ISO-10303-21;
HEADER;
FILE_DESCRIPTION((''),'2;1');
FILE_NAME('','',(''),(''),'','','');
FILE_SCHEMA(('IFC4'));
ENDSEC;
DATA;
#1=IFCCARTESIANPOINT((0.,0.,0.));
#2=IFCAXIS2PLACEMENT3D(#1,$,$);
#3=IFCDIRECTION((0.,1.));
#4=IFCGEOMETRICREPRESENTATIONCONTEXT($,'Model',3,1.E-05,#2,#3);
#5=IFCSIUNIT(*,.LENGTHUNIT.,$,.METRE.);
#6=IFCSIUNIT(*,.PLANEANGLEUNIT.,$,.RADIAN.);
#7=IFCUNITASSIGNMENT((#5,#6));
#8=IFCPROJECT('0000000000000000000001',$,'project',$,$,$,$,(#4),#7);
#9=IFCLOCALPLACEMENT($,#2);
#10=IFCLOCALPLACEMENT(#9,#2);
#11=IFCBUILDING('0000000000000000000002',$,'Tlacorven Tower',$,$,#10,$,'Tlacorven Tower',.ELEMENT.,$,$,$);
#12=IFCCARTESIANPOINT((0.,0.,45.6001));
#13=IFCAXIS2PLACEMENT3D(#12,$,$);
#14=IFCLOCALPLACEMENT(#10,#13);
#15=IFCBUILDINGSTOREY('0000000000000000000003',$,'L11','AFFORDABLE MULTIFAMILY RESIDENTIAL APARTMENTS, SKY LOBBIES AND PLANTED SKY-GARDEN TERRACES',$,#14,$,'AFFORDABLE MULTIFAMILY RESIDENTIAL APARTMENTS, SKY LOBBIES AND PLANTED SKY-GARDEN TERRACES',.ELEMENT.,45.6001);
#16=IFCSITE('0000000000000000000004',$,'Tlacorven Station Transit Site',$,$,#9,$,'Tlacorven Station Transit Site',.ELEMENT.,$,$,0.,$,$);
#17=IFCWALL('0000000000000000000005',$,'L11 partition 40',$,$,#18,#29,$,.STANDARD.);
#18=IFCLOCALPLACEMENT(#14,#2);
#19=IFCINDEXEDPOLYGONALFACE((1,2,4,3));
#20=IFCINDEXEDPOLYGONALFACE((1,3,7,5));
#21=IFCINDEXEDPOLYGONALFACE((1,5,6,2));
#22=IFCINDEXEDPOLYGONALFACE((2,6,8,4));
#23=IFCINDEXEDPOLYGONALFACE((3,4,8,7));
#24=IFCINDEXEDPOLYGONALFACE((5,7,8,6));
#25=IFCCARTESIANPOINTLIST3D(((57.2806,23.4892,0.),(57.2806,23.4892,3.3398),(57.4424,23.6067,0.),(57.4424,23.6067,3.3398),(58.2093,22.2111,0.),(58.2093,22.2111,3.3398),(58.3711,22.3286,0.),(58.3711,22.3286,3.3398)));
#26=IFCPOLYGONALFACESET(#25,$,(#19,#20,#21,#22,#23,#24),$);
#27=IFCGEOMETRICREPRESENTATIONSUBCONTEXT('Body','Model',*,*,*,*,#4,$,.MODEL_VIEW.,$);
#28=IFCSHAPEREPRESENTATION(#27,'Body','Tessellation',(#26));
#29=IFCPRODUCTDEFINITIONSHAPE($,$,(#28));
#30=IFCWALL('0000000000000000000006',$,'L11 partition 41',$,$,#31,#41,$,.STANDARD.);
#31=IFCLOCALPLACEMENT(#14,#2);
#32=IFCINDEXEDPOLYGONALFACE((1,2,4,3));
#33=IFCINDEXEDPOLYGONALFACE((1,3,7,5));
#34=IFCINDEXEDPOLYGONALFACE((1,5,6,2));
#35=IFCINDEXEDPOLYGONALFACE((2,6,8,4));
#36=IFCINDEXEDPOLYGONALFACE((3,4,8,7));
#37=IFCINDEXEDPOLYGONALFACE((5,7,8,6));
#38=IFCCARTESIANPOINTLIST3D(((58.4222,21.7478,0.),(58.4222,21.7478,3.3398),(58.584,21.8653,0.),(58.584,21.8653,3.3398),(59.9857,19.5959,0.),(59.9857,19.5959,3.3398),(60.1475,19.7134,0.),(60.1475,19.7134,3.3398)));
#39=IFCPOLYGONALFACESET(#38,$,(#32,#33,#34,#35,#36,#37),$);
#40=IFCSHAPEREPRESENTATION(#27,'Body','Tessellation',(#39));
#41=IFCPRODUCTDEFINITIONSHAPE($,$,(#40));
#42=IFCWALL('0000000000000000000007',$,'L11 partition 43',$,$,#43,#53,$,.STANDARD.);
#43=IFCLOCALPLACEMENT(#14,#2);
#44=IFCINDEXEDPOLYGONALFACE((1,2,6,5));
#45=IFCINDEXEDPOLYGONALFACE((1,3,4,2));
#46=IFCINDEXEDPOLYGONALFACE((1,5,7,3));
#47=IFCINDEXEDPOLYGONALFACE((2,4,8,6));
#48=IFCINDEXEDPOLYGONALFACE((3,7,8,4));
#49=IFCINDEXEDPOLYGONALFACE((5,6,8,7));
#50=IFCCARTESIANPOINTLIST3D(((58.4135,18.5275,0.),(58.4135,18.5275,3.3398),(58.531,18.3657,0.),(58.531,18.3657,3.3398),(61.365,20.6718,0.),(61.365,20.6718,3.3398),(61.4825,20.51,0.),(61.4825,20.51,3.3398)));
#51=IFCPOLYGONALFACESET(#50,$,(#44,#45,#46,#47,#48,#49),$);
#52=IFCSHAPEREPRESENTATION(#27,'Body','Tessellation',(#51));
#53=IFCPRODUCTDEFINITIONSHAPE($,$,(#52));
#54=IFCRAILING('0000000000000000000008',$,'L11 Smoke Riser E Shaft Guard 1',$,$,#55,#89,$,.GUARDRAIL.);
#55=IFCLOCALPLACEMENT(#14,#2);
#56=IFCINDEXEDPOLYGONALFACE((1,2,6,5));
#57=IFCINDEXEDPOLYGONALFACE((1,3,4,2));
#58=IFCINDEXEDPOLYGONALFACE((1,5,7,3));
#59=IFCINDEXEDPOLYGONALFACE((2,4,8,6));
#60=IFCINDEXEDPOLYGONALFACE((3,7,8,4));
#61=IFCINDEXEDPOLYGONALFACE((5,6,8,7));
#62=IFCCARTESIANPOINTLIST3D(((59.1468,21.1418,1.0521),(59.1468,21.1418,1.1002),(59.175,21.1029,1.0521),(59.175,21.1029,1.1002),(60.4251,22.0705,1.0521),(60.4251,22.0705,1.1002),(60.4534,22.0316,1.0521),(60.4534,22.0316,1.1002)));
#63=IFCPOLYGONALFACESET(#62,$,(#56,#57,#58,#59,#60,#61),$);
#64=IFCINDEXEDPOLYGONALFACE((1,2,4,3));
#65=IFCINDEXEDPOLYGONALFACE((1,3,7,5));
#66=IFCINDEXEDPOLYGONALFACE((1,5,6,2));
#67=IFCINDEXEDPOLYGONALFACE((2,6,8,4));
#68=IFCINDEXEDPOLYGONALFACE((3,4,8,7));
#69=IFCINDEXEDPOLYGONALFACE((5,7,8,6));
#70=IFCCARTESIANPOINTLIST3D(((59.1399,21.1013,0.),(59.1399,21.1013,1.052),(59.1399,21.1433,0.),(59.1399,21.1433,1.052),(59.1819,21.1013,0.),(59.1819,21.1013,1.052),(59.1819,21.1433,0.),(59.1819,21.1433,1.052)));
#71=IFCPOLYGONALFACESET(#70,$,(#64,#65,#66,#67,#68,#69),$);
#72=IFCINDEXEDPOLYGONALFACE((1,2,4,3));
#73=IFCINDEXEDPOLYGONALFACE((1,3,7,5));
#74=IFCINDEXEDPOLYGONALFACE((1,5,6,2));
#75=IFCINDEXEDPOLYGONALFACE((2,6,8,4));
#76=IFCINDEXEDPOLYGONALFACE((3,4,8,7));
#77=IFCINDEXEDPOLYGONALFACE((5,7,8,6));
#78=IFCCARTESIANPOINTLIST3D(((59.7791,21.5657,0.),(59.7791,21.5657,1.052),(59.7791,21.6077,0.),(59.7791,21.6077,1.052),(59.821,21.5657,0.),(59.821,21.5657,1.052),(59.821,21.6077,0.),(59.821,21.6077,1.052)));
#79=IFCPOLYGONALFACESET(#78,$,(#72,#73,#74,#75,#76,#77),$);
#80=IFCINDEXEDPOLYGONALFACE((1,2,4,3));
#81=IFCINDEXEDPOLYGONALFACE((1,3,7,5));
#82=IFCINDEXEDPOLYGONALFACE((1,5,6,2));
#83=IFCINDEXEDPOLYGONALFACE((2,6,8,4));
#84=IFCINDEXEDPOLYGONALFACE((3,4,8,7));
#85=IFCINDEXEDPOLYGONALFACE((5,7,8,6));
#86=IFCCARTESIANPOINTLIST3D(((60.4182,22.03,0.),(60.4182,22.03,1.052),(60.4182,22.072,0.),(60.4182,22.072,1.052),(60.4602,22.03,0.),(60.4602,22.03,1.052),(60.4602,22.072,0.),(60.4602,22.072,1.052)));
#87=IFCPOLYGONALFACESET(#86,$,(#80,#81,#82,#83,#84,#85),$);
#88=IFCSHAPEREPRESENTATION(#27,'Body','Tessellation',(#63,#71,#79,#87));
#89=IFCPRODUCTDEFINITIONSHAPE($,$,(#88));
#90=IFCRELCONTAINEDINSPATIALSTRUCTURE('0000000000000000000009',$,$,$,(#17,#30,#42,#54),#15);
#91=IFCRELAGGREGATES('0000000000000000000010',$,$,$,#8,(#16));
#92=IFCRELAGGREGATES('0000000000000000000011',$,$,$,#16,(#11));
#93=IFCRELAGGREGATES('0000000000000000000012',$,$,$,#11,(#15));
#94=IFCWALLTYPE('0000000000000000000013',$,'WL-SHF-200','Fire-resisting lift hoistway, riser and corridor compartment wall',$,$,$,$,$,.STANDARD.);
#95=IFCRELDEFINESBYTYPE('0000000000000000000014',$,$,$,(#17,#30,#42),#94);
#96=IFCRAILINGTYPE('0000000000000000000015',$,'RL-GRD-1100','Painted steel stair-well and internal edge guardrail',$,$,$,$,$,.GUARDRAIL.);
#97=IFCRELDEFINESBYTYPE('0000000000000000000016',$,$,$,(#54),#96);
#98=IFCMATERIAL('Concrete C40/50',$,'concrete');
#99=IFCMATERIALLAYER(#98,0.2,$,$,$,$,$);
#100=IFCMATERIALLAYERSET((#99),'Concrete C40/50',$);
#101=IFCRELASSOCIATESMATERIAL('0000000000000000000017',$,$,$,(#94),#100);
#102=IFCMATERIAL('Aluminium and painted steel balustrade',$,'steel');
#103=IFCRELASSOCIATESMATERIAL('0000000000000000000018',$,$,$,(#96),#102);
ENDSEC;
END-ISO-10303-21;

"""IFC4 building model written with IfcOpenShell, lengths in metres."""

from ifc_helpers import new_model, si_unit, direction, frame, frame_2d, origin, origin_2d, place, context, subcontext, project, spatial, rectangle, extrude, source, transform, mapped, material, layer, layer_set, type_object, element, save


model = new_model("IFC4")

# Units and contexts
model_context = context("Model", 3, precision=1e-05, world=origin(), true_north=direction((0.0, 1.0)))
body_context = subcontext(model_context, "Body", "Model", "MODEL_VIEW")
ifc_project = project(units=[si_unit("LENGTHUNIT", "METRE"), si_unit("PLANEANGLEUNIT", "RADIAN")], contexts=[model_context])

# Site, building, storey
site_placement = place(None, origin())
site = spatial("IfcSite", under=ifc_project, at=site_placement, Name="Tlacorven Station Transit Site", LongName="Tlacorven Station Transit Site", CompositionType="ELEMENT", RefElevation=0.0)
building_placement = place(site_placement, origin())
building = spatial("IfcBuilding", under=site, at=building_placement, Name="Tlacorven Tower", LongName="Tlacorven Tower", CompositionType="ELEMENT")
storey_placement = place(building_placement, frame((0.0, 0.0, 45.6001)))
storey = spatial("IfcBuildingStorey", under=building, at=storey_placement, Name="L11", Description="AFFORDABLE MULTIFAMILY RESIDENTIAL APARTMENTS, SKY LOBBIES AND PLANTED SKY-GARDEN TERRACES", LongName="AFFORDABLE MULTIFAMILY RESIDENTIAL APARTMENTS, SKY LOBBIES AND PLANTED SKY-GARDEN TERRACES", CompositionType="ELEMENT", Elevation=45.6001)

# Walls
ifc_material_1 = material(Name="Concrete C40/50", Category="concrete")
ifc_layer_1 = layer(ifc_material_1, 0.2)
ifc_layer_set_1 = layer_set([ifc_layer_1], Name="Concrete C40/50")
wall_type_1 = type_object("IfcWallType", Name="WL-SHF-200", Description="Fire-resisting lift hoistway, riser and corridor compartment wall", PredefinedType="STANDARD", material=ifc_layer_set_1)
wall_1_placement = place(storey_placement, frame((58.2903, 22.2698, 0.0), z_axis=(0.0, 0.0, 1.0), x_axis=(-0.587841, 0.808977, 0.0)))
element("IfcWall", 1, at=wall_1_placement, inside=storey, type_object=wall_type_1, Name="L11 partition 40", PredefinedType="STANDARD", context=body_context, shape_type="SweptSolid", body=[
    extrude(rectangle(XDim=1.5798, YDim=0.2, at=frame_2d((0.79, 0.0))), origin(), (0.0, 0.0, 1.0), 3.3398),
])
wall_2_placement = place(storey_placement, frame((60.0667, 19.6545, 0.0), z_axis=(0.0, 0.0, 1.0), x_axis=(-0.587801, 0.809006, 0.0)))
element("IfcWall", 2, at=wall_2_placement, inside=storey, type_object=wall_type_1, Name="L11 partition 41", PredefinedType="STANDARD", context=body_context, shape_type="SweptSolid", body=[
    extrude(rectangle(XDim=2.6599, YDim=0.2, at=frame_2d((1.3301, 0.0))), origin(), (0.0, 0.0, 1.0), 3.3398),
])
wall_3_placement = place(storey_placement, frame((58.4722, 18.4465, 0.0), z_axis=(0.0, 0.0, 1.0), x_axis=(0.809022, 0.587778, 0.0)))
element("IfcWall", 3, at=wall_3_placement, inside=storey, type_object=wall_type_1, Name="L11 partition 43", PredefinedType="STANDARD", context=body_context, shape_type="SweptSolid", body=[
    extrude(rectangle(XDim=3.6482, YDim=0.2, at=frame_2d((1.8242, 0.0))), origin(), (0.0, 0.0, 1.0), 3.3398),
])

# Railing
ifc_material_2 = material(Name="Aluminium and painted steel balustrade", Category="steel")
railing_type = type_object("IfcRailingType", Name="RL-GRD-1100", Description="Painted steel stair-well and internal edge guardrail", PredefinedType="GUARDRAIL", material=ifc_material_2)
shared_shape_1 = source(origin(), body_context, "Body", "SweptSolid", [
    extrude(rectangle(XDim=0.0481, YDim=0.0481, at=origin_2d()), frame((0.0, 0.0, 1.0762), z_axis=(0.80903, 0.587767, 0.0), x_axis=(-0.587767, 0.80903, 0.0)), (0.0, 0.0, 1.0), 1.5801),
    extrude(rectangle(XDim=0.042, YDim=0.042, at=origin_2d()), origin(), (0.0, 0.0, 1.0), 1.052),
    extrude(rectangle(XDim=0.042, YDim=0.042, at=origin_2d()), frame((0.6392, 0.4644, 0.0)), (0.0, 0.0, 1.0), 1.052),
    extrude(rectangle(XDim=0.042, YDim=0.042, at=origin_2d()), frame((1.2783, 0.9287, 0.0)), (0.0, 0.0, 1.0), 1.052),
])
railing_placement = place(storey_placement, frame((59.1609, 21.1223, 0.0)))
element("IfcRailing", 4, at=railing_placement, inside=storey, type_object=railing_type, Name="L11 Smoke Riser E Shaft Guard 1", PredefinedType="GUARDRAIL", context=body_context, shape_type="MappedRepresentation", body=[
    mapped(shared_shape_1, transform((0.0, 0.0, 0.0), scale=1.0)),
])

save(model, "model.ifc")
